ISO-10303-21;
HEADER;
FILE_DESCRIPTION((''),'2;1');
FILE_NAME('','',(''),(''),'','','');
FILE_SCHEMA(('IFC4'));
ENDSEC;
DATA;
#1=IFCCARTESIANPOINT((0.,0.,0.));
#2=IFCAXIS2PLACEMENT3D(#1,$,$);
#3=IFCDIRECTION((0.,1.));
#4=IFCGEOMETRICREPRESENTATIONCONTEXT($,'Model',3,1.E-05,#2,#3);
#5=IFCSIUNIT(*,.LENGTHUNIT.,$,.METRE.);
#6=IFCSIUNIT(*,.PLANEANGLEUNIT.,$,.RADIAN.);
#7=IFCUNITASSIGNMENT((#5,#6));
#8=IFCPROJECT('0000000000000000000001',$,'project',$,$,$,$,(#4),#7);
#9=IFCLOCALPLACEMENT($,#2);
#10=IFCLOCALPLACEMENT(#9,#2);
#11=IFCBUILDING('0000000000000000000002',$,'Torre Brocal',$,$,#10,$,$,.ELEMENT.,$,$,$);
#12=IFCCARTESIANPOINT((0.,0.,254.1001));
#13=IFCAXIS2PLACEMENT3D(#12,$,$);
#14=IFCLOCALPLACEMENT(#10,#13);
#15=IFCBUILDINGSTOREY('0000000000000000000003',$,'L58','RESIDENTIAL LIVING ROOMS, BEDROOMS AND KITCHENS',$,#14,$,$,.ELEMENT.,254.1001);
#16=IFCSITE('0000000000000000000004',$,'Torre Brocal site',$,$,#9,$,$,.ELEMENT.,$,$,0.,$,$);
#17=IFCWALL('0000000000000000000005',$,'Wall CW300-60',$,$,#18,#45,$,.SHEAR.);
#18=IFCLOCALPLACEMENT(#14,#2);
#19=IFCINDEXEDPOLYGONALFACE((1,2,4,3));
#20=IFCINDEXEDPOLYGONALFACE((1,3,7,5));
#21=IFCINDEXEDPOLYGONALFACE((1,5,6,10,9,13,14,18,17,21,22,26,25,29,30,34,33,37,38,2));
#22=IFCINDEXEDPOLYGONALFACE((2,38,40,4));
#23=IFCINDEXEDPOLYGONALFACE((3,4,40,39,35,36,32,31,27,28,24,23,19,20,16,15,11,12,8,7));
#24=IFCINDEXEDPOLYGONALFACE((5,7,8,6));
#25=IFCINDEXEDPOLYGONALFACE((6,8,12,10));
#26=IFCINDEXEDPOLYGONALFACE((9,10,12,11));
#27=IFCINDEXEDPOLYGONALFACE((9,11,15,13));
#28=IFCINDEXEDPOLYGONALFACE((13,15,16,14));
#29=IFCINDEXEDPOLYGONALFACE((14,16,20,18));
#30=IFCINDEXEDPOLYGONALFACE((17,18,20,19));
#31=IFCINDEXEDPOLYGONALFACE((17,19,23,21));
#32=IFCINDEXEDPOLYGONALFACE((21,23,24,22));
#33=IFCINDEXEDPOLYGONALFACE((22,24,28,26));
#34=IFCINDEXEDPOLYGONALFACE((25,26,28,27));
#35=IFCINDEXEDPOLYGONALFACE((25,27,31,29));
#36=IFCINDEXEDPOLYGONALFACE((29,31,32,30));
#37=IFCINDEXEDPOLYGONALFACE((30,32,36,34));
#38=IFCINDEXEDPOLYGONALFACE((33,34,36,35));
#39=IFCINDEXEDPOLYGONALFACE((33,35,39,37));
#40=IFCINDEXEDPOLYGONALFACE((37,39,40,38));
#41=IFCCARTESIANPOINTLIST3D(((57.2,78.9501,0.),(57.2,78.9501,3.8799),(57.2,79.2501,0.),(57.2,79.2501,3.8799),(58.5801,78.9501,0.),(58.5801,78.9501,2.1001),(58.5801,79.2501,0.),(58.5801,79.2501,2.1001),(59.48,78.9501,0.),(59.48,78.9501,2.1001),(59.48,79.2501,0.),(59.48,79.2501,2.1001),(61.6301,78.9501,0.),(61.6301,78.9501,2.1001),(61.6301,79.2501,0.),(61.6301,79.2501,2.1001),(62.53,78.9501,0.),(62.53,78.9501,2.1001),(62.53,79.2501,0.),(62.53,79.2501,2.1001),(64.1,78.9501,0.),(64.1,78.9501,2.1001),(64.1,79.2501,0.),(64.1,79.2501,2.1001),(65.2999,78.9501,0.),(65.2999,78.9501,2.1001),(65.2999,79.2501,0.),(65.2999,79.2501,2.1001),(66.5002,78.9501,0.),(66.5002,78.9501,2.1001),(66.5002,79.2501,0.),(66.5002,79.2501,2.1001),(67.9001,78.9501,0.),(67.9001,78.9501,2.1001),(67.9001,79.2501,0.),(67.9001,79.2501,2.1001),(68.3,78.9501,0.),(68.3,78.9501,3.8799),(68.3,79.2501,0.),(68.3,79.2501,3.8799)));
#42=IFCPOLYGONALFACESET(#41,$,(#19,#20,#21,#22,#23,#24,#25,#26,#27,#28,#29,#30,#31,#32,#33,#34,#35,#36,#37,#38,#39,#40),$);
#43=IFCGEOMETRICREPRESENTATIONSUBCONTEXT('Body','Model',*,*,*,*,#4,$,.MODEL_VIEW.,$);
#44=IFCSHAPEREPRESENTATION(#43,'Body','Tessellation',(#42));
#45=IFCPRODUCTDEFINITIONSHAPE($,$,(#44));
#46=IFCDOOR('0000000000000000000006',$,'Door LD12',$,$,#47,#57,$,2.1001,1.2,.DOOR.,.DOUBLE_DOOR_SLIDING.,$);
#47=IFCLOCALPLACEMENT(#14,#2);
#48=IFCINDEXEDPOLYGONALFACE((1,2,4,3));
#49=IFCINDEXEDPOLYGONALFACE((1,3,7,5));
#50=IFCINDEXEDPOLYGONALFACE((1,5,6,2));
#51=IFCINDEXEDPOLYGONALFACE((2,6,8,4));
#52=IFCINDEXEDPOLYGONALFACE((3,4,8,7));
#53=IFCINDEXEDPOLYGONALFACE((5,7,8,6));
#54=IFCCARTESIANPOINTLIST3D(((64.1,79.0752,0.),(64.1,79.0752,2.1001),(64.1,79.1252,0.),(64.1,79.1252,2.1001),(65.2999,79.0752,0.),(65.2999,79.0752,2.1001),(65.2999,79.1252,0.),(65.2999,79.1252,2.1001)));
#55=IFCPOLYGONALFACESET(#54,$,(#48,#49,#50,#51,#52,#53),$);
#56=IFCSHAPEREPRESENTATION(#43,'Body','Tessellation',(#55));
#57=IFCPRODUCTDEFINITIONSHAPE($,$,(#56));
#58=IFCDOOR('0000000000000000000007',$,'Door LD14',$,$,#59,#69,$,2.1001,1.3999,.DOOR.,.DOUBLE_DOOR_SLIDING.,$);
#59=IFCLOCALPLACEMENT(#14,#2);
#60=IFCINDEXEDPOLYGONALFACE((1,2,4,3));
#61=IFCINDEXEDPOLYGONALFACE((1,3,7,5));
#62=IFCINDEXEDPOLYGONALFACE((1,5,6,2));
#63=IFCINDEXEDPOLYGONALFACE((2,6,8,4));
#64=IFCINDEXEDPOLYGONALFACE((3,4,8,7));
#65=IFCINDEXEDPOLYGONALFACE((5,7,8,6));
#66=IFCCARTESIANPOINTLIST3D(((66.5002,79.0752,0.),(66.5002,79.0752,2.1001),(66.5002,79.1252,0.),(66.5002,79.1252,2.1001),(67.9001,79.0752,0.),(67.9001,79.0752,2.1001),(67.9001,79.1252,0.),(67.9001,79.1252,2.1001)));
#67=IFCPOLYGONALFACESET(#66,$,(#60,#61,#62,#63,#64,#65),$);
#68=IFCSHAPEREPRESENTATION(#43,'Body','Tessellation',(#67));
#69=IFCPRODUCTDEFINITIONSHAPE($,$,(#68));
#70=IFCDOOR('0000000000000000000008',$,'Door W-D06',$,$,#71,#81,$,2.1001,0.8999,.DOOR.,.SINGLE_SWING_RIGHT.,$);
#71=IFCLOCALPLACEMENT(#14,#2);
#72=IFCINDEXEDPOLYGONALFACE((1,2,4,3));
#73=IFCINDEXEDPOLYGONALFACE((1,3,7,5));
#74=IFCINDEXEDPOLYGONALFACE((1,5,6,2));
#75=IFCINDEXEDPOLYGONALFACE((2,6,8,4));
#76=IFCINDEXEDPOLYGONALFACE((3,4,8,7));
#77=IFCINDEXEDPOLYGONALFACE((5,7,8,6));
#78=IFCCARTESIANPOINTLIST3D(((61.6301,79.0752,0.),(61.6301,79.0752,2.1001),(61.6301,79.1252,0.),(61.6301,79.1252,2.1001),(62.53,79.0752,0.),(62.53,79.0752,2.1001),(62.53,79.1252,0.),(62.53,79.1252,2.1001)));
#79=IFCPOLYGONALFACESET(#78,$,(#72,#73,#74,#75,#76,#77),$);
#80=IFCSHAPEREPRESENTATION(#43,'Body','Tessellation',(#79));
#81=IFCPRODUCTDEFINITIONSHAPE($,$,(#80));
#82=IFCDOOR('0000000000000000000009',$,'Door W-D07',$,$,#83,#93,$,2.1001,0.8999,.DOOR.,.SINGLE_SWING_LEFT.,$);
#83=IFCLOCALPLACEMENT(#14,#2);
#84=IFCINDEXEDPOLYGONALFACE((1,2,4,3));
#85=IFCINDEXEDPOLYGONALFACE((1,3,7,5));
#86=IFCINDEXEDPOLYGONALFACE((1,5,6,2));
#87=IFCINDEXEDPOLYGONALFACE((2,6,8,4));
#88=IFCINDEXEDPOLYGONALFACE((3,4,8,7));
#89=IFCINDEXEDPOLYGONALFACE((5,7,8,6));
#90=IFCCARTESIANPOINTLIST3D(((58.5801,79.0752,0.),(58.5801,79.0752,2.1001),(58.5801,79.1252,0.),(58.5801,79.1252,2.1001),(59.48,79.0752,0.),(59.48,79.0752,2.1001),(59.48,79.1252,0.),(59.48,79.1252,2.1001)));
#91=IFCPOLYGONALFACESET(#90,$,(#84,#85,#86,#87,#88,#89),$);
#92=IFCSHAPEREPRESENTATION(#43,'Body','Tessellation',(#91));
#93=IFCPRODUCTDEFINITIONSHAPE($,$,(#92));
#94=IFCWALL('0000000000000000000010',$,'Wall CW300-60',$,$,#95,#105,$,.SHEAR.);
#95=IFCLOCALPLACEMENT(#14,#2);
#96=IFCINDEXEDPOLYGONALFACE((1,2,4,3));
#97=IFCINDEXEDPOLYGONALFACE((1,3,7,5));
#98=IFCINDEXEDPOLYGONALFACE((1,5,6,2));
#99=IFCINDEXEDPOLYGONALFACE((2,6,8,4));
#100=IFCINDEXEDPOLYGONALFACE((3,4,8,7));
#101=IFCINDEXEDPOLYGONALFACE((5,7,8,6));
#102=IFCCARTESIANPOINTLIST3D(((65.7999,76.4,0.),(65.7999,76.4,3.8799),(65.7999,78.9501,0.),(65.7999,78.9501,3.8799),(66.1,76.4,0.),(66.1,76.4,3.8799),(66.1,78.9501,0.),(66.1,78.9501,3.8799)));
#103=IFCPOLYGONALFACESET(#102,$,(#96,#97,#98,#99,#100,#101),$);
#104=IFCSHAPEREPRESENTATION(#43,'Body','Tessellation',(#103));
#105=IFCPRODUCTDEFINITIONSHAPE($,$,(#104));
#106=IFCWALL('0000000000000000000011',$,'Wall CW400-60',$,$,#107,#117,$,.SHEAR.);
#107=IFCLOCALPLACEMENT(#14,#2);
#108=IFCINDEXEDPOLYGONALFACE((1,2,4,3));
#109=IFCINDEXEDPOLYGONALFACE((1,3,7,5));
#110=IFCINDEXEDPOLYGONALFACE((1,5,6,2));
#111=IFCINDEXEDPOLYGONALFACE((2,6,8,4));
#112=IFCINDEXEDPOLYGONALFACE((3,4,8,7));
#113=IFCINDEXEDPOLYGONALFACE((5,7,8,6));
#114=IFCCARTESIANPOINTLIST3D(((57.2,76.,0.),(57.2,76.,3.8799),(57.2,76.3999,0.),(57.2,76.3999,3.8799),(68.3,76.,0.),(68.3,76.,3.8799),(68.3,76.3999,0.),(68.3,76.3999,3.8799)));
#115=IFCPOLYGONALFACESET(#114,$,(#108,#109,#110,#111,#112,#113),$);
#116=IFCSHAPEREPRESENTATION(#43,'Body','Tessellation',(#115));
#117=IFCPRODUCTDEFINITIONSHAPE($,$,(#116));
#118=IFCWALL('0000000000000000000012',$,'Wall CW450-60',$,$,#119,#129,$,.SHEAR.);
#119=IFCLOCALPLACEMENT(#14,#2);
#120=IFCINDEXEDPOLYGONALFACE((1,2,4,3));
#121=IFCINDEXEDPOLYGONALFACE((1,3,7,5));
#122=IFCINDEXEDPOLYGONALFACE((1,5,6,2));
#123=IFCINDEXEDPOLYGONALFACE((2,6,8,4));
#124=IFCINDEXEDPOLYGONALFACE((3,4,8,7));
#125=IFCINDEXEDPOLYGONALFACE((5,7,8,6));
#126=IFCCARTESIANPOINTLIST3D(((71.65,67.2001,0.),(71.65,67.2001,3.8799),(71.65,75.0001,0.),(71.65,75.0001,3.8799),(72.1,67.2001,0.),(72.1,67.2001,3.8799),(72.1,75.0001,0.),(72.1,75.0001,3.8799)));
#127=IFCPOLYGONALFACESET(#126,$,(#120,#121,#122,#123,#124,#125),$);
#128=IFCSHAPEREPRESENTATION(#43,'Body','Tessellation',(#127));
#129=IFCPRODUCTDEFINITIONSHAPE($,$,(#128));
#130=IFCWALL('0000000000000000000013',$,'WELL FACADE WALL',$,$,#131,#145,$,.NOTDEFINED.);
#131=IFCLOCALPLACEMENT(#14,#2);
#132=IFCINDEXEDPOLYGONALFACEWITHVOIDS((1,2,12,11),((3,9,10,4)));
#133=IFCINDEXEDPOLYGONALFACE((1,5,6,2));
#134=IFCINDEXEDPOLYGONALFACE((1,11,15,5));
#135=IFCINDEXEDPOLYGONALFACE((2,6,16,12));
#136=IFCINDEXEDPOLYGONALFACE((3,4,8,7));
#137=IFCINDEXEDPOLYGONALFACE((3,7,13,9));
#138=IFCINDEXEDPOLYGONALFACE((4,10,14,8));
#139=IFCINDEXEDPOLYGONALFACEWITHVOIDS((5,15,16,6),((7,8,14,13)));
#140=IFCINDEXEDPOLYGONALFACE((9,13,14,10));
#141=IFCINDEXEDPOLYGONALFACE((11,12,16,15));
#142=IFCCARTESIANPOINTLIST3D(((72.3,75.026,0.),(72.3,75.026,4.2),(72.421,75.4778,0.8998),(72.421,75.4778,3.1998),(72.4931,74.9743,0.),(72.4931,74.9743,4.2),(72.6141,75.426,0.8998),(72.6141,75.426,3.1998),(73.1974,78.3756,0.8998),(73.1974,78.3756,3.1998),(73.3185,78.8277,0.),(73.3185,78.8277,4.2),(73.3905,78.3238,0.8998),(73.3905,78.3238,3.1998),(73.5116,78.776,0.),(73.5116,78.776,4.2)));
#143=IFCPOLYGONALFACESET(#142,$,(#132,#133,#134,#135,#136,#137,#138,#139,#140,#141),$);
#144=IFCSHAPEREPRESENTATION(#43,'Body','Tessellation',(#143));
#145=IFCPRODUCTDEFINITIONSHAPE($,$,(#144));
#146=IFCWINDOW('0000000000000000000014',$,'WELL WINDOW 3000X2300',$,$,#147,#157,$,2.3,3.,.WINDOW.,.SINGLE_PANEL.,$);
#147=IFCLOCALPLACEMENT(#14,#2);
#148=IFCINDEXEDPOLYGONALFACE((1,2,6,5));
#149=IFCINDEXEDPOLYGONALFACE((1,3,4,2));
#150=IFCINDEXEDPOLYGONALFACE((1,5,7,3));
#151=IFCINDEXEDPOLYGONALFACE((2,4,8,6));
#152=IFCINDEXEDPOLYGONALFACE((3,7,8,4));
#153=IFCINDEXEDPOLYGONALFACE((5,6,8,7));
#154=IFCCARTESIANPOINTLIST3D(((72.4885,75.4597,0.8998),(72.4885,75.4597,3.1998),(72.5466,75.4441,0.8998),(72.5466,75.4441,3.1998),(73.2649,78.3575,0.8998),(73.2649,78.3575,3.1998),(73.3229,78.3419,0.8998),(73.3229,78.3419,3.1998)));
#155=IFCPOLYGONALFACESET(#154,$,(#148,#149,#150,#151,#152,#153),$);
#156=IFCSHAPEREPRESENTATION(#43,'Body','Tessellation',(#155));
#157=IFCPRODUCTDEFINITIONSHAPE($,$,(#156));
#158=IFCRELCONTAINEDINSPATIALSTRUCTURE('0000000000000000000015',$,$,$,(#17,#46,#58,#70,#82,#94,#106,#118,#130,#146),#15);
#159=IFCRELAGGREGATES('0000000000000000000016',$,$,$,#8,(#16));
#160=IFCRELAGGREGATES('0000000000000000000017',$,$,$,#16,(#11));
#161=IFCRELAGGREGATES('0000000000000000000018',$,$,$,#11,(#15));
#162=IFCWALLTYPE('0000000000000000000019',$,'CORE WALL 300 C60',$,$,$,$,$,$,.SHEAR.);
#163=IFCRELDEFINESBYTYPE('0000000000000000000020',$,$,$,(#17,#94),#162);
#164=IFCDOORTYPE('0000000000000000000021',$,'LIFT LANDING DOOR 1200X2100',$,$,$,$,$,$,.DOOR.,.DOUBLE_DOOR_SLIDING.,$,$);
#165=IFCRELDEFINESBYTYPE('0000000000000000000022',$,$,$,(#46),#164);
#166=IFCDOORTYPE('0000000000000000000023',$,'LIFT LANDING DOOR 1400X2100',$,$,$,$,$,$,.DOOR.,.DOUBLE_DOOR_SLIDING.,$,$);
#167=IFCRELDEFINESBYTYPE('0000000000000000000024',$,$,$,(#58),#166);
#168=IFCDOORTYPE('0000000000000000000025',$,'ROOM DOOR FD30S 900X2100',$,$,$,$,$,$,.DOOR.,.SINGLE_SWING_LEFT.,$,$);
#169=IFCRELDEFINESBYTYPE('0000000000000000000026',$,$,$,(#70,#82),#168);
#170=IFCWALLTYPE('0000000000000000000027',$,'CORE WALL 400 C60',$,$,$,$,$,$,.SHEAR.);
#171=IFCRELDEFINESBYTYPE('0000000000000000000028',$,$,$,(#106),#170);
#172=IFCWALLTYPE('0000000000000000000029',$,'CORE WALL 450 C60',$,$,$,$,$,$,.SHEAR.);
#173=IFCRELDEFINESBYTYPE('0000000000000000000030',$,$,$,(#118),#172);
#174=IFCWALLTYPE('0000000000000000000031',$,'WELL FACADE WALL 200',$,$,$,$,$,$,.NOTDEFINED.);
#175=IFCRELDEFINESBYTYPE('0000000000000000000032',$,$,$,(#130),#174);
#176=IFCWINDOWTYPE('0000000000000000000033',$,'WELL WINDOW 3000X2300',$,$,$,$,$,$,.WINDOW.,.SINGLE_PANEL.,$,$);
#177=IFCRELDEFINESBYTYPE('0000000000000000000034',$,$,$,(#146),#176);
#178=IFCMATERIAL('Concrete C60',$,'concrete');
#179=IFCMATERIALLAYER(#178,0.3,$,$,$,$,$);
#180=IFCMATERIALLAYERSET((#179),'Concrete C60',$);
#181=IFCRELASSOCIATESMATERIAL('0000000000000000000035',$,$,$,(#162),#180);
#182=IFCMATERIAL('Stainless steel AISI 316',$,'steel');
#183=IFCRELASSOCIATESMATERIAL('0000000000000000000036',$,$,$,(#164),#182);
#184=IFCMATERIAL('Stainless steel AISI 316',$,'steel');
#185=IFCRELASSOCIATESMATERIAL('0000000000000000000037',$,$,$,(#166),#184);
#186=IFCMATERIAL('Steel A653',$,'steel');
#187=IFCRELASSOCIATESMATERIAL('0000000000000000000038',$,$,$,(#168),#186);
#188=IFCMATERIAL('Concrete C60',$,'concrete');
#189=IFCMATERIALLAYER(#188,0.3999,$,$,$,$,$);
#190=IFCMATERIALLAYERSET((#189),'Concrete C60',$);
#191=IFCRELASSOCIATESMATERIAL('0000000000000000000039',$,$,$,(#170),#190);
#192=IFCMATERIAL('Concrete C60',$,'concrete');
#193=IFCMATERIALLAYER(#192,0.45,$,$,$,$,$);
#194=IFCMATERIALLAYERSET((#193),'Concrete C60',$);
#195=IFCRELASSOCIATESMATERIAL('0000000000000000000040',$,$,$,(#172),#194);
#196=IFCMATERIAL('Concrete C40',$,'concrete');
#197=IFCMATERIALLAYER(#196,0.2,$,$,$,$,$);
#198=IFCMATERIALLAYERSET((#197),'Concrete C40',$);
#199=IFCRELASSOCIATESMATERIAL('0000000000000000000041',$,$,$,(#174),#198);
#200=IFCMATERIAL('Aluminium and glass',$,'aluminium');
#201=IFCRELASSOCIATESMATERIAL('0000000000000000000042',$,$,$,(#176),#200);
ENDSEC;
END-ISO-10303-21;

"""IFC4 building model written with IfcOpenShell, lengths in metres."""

from ifc_helpers import new_model, si_unit, direction, frame, frame_2d, origin, place, context, subcontext, project, spatial, rectangle, extrude, material, layer, layer_set, type_object, element, fill, save


model = new_model("IFC4")

# Units and contexts
model_context = context("Model", 3, precision=1e-05, world=origin(), true_north=direction((0.0, 1.0)))
body_context = subcontext(model_context, "Body", "Model", "MODEL_VIEW")
ifc_project = project(units=[si_unit("LENGTHUNIT", "METRE"), si_unit("PLANEANGLEUNIT", "RADIAN")], contexts=[model_context])

# Site, building, storey
site_placement = place(None, origin())
site = spatial("IfcSite", under=ifc_project, at=site_placement, Name="Torre Brocal site", CompositionType="ELEMENT", RefElevation=0.0)
building_placement = place(site_placement, origin())
building = spatial("IfcBuilding", under=site, at=building_placement, Name="Torre Brocal", CompositionType="ELEMENT")
storey_placement = place(building_placement, frame((0.0, 0.0, 254.1001)))
storey = spatial("IfcBuildingStorey", under=building, at=storey_placement, Name="L58", Description="RESIDENTIAL LIVING ROOMS, BEDROOMS AND KITCHENS", CompositionType="ELEMENT", Elevation=254.1001)

# Shared definitions
ifc_material_1 = material(Name="Concrete C60", Category="concrete")
ifc_layer_1 = layer(ifc_material_1, 0.3)
ifc_layer_set_1 = layer_set([ifc_layer_1], Name="Concrete C60")
wall_type_1 = type_object("IfcWallType", Name="CORE WALL 300 C60", PredefinedType="SHEAR", material=ifc_layer_set_1)

# Wall, openings, doors
wall_1_placement = place(storey_placement, frame((68.3, 79.1001, 0.0), z_axis=(0.0, 0.0, 1.0), x_axis=(-1.0, 0.0, 0.0)))
wall_1 = element("IfcWall", 1, at=wall_1_placement, inside=storey, type_object=wall_type_1, Name="Wall CW300-60", PredefinedType="SHEAR", context=body_context, shape_type="SweptSolid", body=[
    extrude(rectangle(XDim=11.1001, YDim=0.3, at=frame_2d((5.55, 0.0))), origin(), (0.0, 0.0, 1.0), 3.8799),
])
opening_1_placement = place(wall_1_placement, frame((0.3999, 0.0, 0.0)))
opening_1 = element("IfcOpeningElement", 2, at=opening_1_placement, cuts=wall_1, PredefinedType="OPENING", context=body_context, shape_type="SweptSolid", body=[
    extrude(rectangle(XDim=1.3999, YDim=2.1001, at=frame_2d((0.7, 1.05))), frame((0.0, 0.1599, 0.0), z_axis=(0.0, -1.0, 0.0), x_axis=(1.0, 0.0, 0.0)), (0.0, 0.0, 1.0), 0.3201),
])
opening_2_placement = place(wall_1_placement, frame((3.0, 0.0, 0.0)))
opening_2 = element("IfcOpeningElement", 3, at=opening_2_placement, cuts=wall_1, PredefinedType="OPENING", context=body_context, shape_type="SweptSolid", body=[
    extrude(rectangle(XDim=1.2, YDim=2.1001, at=frame_2d((0.6001, 1.05))), frame((0.0, 0.1599, 0.0), z_axis=(0.0, -1.0, 0.0), x_axis=(1.0, 0.0, 0.0)), (0.0, 0.0, 1.0), 0.3201),
])
opening_3_placement = place(wall_1_placement, frame((5.77, 0.0, 0.0)))
opening_3 = element("IfcOpeningElement", 4, at=opening_3_placement, cuts=wall_1, PredefinedType="OPENING", context=body_context, shape_type="SweptSolid", body=[
    extrude(rectangle(XDim=0.8999, YDim=2.1001, at=frame_2d((0.45, 1.05))), frame((0.0, 0.1599, 0.0), z_axis=(0.0, -1.0, 0.0), x_axis=(1.0, 0.0, 0.0)), (0.0, 0.0, 1.0), 0.3201),
])
opening_4_placement = place(wall_1_placement, frame((8.8201, 0.0, 0.0)))
opening_4 = element("IfcOpeningElement", 5, at=opening_4_placement, cuts=wall_1, PredefinedType="OPENING", context=body_context, shape_type="SweptSolid", body=[
    extrude(rectangle(XDim=0.8999, YDim=2.1001, at=frame_2d((0.45, 1.05))), frame((0.0, 0.1599, 0.0), z_axis=(0.0, -1.0, 0.0), x_axis=(1.0, 0.0, 0.0)), (0.0, 0.0, 1.0), 0.3201),
])
ifc_material_2 = material(Name="Stainless steel AISI 316", Category="steel")
door_type_1 = type_object("IfcDoorType", Name="LIFT LANDING DOOR 1200X2100", OperationType="DOUBLE_DOOR_SLIDING", PredefinedType="DOOR", material=ifc_material_2)
door_1_placement = place(opening_2_placement, origin())
door_1 = element("IfcDoor", 6, at=door_1_placement, inside=storey, type_object=door_type_1, Name="Door LD12", OperationType="DOUBLE_DOOR_SLIDING", OverallHeight=2.1001, OverallWidth=1.2, PredefinedType="DOOR", context=body_context, shape_type="SweptSolid", body=[
    extrude(rectangle(XDim=1.2, YDim=2.1001, at=frame_2d((0.6001, 1.05))), frame((0.0, 0.0249, 0.0), z_axis=(0.0, -1.0, 0.0), x_axis=(1.0, 0.0, 0.0)), (0.0, 0.0, 1.0), 0.05),
])
fill(opening_2, door_1)
ifc_material_3 = material(Name="Stainless steel AISI 316", Category="steel")
door_type_2 = type_object("IfcDoorType", Name="LIFT LANDING DOOR 1400X2100", OperationType="DOUBLE_DOOR_SLIDING", PredefinedType="DOOR", material=ifc_material_3)
door_2_placement = place(opening_1_placement, origin())
door_2 = element("IfcDoor", 7, at=door_2_placement, inside=storey, type_object=door_type_2, Name="Door LD14", OperationType="DOUBLE_DOOR_SLIDING", OverallHeight=2.1001, OverallWidth=1.3999, PredefinedType="DOOR", context=body_context, shape_type="SweptSolid", body=[
    extrude(rectangle(XDim=1.3999, YDim=2.1001, at=frame_2d((0.7, 1.05))), frame((0.0, 0.0249, 0.0), z_axis=(0.0, -1.0, 0.0), x_axis=(1.0, 0.0, 0.0)), (0.0, 0.0, 1.0), 0.05),
])
fill(opening_1, door_2)
ifc_material_4 = material(Name="Steel A653", Category="steel")
door_type_3 = type_object("IfcDoorType", Name="ROOM DOOR FD30S 900X2100", OperationType="SINGLE_SWING_LEFT", PredefinedType="DOOR", material=ifc_material_4)
door_3_placement = place(opening_3_placement, origin())
door_3 = element("IfcDoor", 8, at=door_3_placement, inside=storey, type_object=door_type_3, Name="Door W-D06", OperationType="SINGLE_SWING_RIGHT", OverallHeight=2.1001, OverallWidth=0.8999, PredefinedType="DOOR", context=body_context, shape_type="SweptSolid", body=[
    extrude(rectangle(XDim=0.8999, YDim=2.1001, at=frame_2d((0.45, 1.05))), frame((0.0, 0.0249, 0.0), z_axis=(0.0, -1.0, 0.0), x_axis=(1.0, 0.0, 0.0)), (0.0, 0.0, 1.0), 0.05),
])
fill(opening_3, door_3)
door_4_placement = place(opening_4_placement, origin())
door_4 = element("IfcDoor", 9, at=door_4_placement, inside=storey, type_object=door_type_3, Name="Door W-D07", OperationType="SINGLE_SWING_LEFT", OverallHeight=2.1001, OverallWidth=0.8999, PredefinedType="DOOR", context=body_context, shape_type="SweptSolid", body=[
    extrude(rectangle(XDim=0.8999, YDim=2.1001, at=frame_2d((0.45, 1.05))), frame((0.0, 0.0249, 0.0), z_axis=(0.0, -1.0, 0.0), x_axis=(1.0, 0.0, 0.0)), (0.0, 0.0, 1.0), 0.05),
])
fill(opening_4, door_4)

# Walls
wall_2_placement = place(storey_placement, frame((65.95, 78.95, 0.0), z_axis=(0.0, 0.0, 1.0), x_axis=(0.0, -1.0, 0.0)))
element("IfcWall", 10, at=wall_2_placement, inside=storey, type_object=wall_type_1, Name="Wall CW300-60", PredefinedType="SHEAR", context=body_context, shape_type="SweptSolid", body=[
    extrude(rectangle(XDim=2.55, YDim=0.3, at=frame_2d((1.2749, 0.0))), origin(), (0.0, 0.0, 1.0), 3.8799),
])
ifc_material_5 = material(Name="Concrete C60", Category="concrete")
ifc_layer_2 = layer(ifc_material_5, 0.3999)
ifc_layer_set_2 = layer_set([ifc_layer_2], Name="Concrete C60")
wall_type_2 = type_object("IfcWallType", Name="CORE WALL 400 C60", PredefinedType="SHEAR", material=ifc_layer_set_2)
wall_3_placement = place(storey_placement, frame((68.3, 76.2, 0.0), z_axis=(0.0, 0.0, 1.0), x_axis=(-1.0, 0.0, 0.0)))
element("IfcWall", 11, at=wall_3_placement, inside=storey, type_object=wall_type_2, Name="Wall CW400-60", PredefinedType="SHEAR", context=body_context, shape_type="SweptSolid", body=[
    extrude(rectangle(XDim=11.1001, YDim=0.3999, at=frame_2d((5.55, 0.0))), origin(), (0.0, 0.0, 1.0), 3.8799),
])
ifc_material_6 = material(Name="Concrete C60", Category="concrete")
ifc_layer_3 = layer(ifc_material_6, 0.45)
ifc_layer_set_3 = layer_set([ifc_layer_3], Name="Concrete C60")
wall_type_3 = type_object("IfcWallType", Name="CORE WALL 450 C60", PredefinedType="SHEAR", material=ifc_layer_set_3)
wall_4_placement = place(storey_placement, frame((71.875, 75.0, 0.0), z_axis=(0.0, 0.0, 1.0), x_axis=(0.0, -1.0, 0.0)))
element("IfcWall", 12, at=wall_4_placement, inside=storey, type_object=wall_type_3, Name="Wall CW450-60", PredefinedType="SHEAR", context=body_context, shape_type="SweptSolid", body=[
    extrude(rectangle(XDim=7.8, YDim=0.45, at=frame_2d((3.8999, 0.0))), origin(), (0.0, 0.0, 1.0), 3.8799),
])

# Wall, opening, window
ifc_material_7 = material(Name="Concrete C40", Category="concrete")
ifc_layer_4 = layer(ifc_material_7, 0.2)
ifc_layer_set_4 = layer_set([ifc_layer_4], Name="Concrete C40")
wall_type_4 = type_object("IfcWallType", Name="WELL FACADE WALL 200", PredefinedType="NOTDEFINED", material=ifc_layer_set_4)
wall_5_placement = place(storey_placement, frame((73.415, 78.8018, 0.0), z_axis=(0.0, 0.0, 1.0), x_axis=(-0.25879, -0.965934, 0.0)))
wall_5 = element("IfcWall", 13, at=wall_5_placement, inside=storey, type_object=wall_type_4, Name="WELL FACADE WALL", PredefinedType="NOTDEFINED", context=body_context, shape_type="SweptSolid", body=[
    extrude(rectangle(XDim=3.9358, YDim=0.2, at=frame_2d((1.9678, 0.0))), origin(), (0.0, 0.0, 1.0), 4.2),
])
opening_5_placement = place(wall_5_placement, frame((0.468, 0.0, 0.8999)))
opening_5 = element("IfcOpeningElement", 14, at=opening_5_placement, cuts=wall_5, PredefinedType="OPENING", context=body_context, shape_type="SweptSolid", body=[
    extrude(rectangle(XDim=3.0, YDim=2.3, at=frame_2d((1.5, 1.1499))), frame((0.0, 0.1099, 0.0), z_axis=(0.0, -1.0, 0.0), x_axis=(1.0, 0.0, 0.0)), (0.0, 0.0, 1.0), 0.22),
])
ifc_material_8 = material(Name="Aluminium and glass", Category="aluminium")
window_type = type_object("IfcWindowType", Name="WELL WINDOW 3000X2300", PartitioningType="SINGLE_PANEL", PredefinedType="WINDOW", material=ifc_material_8)
window_1_placement = place(opening_5_placement, origin())
window_1 = element("IfcWindow", 15, at=window_1_placement, inside=storey, type_object=window_type, Name="WELL WINDOW 3000X2300", OverallHeight=2.3, OverallWidth=3.0, PartitioningType="SINGLE_PANEL", PredefinedType="WINDOW", context=body_context, shape_type="SweptSolid", body=[
    extrude(rectangle(XDim=3.0, YDim=2.3, at=frame_2d((1.5, 1.1499))), frame((0.0, 0.03, 0.0), z_axis=(0.0, -1.0, 0.0), x_axis=(1.0, 0.0, 0.0)), (0.0, 0.0, 1.0), 0.0601),
])
fill(opening_5, window_1)

save(model, "model.ifc")
